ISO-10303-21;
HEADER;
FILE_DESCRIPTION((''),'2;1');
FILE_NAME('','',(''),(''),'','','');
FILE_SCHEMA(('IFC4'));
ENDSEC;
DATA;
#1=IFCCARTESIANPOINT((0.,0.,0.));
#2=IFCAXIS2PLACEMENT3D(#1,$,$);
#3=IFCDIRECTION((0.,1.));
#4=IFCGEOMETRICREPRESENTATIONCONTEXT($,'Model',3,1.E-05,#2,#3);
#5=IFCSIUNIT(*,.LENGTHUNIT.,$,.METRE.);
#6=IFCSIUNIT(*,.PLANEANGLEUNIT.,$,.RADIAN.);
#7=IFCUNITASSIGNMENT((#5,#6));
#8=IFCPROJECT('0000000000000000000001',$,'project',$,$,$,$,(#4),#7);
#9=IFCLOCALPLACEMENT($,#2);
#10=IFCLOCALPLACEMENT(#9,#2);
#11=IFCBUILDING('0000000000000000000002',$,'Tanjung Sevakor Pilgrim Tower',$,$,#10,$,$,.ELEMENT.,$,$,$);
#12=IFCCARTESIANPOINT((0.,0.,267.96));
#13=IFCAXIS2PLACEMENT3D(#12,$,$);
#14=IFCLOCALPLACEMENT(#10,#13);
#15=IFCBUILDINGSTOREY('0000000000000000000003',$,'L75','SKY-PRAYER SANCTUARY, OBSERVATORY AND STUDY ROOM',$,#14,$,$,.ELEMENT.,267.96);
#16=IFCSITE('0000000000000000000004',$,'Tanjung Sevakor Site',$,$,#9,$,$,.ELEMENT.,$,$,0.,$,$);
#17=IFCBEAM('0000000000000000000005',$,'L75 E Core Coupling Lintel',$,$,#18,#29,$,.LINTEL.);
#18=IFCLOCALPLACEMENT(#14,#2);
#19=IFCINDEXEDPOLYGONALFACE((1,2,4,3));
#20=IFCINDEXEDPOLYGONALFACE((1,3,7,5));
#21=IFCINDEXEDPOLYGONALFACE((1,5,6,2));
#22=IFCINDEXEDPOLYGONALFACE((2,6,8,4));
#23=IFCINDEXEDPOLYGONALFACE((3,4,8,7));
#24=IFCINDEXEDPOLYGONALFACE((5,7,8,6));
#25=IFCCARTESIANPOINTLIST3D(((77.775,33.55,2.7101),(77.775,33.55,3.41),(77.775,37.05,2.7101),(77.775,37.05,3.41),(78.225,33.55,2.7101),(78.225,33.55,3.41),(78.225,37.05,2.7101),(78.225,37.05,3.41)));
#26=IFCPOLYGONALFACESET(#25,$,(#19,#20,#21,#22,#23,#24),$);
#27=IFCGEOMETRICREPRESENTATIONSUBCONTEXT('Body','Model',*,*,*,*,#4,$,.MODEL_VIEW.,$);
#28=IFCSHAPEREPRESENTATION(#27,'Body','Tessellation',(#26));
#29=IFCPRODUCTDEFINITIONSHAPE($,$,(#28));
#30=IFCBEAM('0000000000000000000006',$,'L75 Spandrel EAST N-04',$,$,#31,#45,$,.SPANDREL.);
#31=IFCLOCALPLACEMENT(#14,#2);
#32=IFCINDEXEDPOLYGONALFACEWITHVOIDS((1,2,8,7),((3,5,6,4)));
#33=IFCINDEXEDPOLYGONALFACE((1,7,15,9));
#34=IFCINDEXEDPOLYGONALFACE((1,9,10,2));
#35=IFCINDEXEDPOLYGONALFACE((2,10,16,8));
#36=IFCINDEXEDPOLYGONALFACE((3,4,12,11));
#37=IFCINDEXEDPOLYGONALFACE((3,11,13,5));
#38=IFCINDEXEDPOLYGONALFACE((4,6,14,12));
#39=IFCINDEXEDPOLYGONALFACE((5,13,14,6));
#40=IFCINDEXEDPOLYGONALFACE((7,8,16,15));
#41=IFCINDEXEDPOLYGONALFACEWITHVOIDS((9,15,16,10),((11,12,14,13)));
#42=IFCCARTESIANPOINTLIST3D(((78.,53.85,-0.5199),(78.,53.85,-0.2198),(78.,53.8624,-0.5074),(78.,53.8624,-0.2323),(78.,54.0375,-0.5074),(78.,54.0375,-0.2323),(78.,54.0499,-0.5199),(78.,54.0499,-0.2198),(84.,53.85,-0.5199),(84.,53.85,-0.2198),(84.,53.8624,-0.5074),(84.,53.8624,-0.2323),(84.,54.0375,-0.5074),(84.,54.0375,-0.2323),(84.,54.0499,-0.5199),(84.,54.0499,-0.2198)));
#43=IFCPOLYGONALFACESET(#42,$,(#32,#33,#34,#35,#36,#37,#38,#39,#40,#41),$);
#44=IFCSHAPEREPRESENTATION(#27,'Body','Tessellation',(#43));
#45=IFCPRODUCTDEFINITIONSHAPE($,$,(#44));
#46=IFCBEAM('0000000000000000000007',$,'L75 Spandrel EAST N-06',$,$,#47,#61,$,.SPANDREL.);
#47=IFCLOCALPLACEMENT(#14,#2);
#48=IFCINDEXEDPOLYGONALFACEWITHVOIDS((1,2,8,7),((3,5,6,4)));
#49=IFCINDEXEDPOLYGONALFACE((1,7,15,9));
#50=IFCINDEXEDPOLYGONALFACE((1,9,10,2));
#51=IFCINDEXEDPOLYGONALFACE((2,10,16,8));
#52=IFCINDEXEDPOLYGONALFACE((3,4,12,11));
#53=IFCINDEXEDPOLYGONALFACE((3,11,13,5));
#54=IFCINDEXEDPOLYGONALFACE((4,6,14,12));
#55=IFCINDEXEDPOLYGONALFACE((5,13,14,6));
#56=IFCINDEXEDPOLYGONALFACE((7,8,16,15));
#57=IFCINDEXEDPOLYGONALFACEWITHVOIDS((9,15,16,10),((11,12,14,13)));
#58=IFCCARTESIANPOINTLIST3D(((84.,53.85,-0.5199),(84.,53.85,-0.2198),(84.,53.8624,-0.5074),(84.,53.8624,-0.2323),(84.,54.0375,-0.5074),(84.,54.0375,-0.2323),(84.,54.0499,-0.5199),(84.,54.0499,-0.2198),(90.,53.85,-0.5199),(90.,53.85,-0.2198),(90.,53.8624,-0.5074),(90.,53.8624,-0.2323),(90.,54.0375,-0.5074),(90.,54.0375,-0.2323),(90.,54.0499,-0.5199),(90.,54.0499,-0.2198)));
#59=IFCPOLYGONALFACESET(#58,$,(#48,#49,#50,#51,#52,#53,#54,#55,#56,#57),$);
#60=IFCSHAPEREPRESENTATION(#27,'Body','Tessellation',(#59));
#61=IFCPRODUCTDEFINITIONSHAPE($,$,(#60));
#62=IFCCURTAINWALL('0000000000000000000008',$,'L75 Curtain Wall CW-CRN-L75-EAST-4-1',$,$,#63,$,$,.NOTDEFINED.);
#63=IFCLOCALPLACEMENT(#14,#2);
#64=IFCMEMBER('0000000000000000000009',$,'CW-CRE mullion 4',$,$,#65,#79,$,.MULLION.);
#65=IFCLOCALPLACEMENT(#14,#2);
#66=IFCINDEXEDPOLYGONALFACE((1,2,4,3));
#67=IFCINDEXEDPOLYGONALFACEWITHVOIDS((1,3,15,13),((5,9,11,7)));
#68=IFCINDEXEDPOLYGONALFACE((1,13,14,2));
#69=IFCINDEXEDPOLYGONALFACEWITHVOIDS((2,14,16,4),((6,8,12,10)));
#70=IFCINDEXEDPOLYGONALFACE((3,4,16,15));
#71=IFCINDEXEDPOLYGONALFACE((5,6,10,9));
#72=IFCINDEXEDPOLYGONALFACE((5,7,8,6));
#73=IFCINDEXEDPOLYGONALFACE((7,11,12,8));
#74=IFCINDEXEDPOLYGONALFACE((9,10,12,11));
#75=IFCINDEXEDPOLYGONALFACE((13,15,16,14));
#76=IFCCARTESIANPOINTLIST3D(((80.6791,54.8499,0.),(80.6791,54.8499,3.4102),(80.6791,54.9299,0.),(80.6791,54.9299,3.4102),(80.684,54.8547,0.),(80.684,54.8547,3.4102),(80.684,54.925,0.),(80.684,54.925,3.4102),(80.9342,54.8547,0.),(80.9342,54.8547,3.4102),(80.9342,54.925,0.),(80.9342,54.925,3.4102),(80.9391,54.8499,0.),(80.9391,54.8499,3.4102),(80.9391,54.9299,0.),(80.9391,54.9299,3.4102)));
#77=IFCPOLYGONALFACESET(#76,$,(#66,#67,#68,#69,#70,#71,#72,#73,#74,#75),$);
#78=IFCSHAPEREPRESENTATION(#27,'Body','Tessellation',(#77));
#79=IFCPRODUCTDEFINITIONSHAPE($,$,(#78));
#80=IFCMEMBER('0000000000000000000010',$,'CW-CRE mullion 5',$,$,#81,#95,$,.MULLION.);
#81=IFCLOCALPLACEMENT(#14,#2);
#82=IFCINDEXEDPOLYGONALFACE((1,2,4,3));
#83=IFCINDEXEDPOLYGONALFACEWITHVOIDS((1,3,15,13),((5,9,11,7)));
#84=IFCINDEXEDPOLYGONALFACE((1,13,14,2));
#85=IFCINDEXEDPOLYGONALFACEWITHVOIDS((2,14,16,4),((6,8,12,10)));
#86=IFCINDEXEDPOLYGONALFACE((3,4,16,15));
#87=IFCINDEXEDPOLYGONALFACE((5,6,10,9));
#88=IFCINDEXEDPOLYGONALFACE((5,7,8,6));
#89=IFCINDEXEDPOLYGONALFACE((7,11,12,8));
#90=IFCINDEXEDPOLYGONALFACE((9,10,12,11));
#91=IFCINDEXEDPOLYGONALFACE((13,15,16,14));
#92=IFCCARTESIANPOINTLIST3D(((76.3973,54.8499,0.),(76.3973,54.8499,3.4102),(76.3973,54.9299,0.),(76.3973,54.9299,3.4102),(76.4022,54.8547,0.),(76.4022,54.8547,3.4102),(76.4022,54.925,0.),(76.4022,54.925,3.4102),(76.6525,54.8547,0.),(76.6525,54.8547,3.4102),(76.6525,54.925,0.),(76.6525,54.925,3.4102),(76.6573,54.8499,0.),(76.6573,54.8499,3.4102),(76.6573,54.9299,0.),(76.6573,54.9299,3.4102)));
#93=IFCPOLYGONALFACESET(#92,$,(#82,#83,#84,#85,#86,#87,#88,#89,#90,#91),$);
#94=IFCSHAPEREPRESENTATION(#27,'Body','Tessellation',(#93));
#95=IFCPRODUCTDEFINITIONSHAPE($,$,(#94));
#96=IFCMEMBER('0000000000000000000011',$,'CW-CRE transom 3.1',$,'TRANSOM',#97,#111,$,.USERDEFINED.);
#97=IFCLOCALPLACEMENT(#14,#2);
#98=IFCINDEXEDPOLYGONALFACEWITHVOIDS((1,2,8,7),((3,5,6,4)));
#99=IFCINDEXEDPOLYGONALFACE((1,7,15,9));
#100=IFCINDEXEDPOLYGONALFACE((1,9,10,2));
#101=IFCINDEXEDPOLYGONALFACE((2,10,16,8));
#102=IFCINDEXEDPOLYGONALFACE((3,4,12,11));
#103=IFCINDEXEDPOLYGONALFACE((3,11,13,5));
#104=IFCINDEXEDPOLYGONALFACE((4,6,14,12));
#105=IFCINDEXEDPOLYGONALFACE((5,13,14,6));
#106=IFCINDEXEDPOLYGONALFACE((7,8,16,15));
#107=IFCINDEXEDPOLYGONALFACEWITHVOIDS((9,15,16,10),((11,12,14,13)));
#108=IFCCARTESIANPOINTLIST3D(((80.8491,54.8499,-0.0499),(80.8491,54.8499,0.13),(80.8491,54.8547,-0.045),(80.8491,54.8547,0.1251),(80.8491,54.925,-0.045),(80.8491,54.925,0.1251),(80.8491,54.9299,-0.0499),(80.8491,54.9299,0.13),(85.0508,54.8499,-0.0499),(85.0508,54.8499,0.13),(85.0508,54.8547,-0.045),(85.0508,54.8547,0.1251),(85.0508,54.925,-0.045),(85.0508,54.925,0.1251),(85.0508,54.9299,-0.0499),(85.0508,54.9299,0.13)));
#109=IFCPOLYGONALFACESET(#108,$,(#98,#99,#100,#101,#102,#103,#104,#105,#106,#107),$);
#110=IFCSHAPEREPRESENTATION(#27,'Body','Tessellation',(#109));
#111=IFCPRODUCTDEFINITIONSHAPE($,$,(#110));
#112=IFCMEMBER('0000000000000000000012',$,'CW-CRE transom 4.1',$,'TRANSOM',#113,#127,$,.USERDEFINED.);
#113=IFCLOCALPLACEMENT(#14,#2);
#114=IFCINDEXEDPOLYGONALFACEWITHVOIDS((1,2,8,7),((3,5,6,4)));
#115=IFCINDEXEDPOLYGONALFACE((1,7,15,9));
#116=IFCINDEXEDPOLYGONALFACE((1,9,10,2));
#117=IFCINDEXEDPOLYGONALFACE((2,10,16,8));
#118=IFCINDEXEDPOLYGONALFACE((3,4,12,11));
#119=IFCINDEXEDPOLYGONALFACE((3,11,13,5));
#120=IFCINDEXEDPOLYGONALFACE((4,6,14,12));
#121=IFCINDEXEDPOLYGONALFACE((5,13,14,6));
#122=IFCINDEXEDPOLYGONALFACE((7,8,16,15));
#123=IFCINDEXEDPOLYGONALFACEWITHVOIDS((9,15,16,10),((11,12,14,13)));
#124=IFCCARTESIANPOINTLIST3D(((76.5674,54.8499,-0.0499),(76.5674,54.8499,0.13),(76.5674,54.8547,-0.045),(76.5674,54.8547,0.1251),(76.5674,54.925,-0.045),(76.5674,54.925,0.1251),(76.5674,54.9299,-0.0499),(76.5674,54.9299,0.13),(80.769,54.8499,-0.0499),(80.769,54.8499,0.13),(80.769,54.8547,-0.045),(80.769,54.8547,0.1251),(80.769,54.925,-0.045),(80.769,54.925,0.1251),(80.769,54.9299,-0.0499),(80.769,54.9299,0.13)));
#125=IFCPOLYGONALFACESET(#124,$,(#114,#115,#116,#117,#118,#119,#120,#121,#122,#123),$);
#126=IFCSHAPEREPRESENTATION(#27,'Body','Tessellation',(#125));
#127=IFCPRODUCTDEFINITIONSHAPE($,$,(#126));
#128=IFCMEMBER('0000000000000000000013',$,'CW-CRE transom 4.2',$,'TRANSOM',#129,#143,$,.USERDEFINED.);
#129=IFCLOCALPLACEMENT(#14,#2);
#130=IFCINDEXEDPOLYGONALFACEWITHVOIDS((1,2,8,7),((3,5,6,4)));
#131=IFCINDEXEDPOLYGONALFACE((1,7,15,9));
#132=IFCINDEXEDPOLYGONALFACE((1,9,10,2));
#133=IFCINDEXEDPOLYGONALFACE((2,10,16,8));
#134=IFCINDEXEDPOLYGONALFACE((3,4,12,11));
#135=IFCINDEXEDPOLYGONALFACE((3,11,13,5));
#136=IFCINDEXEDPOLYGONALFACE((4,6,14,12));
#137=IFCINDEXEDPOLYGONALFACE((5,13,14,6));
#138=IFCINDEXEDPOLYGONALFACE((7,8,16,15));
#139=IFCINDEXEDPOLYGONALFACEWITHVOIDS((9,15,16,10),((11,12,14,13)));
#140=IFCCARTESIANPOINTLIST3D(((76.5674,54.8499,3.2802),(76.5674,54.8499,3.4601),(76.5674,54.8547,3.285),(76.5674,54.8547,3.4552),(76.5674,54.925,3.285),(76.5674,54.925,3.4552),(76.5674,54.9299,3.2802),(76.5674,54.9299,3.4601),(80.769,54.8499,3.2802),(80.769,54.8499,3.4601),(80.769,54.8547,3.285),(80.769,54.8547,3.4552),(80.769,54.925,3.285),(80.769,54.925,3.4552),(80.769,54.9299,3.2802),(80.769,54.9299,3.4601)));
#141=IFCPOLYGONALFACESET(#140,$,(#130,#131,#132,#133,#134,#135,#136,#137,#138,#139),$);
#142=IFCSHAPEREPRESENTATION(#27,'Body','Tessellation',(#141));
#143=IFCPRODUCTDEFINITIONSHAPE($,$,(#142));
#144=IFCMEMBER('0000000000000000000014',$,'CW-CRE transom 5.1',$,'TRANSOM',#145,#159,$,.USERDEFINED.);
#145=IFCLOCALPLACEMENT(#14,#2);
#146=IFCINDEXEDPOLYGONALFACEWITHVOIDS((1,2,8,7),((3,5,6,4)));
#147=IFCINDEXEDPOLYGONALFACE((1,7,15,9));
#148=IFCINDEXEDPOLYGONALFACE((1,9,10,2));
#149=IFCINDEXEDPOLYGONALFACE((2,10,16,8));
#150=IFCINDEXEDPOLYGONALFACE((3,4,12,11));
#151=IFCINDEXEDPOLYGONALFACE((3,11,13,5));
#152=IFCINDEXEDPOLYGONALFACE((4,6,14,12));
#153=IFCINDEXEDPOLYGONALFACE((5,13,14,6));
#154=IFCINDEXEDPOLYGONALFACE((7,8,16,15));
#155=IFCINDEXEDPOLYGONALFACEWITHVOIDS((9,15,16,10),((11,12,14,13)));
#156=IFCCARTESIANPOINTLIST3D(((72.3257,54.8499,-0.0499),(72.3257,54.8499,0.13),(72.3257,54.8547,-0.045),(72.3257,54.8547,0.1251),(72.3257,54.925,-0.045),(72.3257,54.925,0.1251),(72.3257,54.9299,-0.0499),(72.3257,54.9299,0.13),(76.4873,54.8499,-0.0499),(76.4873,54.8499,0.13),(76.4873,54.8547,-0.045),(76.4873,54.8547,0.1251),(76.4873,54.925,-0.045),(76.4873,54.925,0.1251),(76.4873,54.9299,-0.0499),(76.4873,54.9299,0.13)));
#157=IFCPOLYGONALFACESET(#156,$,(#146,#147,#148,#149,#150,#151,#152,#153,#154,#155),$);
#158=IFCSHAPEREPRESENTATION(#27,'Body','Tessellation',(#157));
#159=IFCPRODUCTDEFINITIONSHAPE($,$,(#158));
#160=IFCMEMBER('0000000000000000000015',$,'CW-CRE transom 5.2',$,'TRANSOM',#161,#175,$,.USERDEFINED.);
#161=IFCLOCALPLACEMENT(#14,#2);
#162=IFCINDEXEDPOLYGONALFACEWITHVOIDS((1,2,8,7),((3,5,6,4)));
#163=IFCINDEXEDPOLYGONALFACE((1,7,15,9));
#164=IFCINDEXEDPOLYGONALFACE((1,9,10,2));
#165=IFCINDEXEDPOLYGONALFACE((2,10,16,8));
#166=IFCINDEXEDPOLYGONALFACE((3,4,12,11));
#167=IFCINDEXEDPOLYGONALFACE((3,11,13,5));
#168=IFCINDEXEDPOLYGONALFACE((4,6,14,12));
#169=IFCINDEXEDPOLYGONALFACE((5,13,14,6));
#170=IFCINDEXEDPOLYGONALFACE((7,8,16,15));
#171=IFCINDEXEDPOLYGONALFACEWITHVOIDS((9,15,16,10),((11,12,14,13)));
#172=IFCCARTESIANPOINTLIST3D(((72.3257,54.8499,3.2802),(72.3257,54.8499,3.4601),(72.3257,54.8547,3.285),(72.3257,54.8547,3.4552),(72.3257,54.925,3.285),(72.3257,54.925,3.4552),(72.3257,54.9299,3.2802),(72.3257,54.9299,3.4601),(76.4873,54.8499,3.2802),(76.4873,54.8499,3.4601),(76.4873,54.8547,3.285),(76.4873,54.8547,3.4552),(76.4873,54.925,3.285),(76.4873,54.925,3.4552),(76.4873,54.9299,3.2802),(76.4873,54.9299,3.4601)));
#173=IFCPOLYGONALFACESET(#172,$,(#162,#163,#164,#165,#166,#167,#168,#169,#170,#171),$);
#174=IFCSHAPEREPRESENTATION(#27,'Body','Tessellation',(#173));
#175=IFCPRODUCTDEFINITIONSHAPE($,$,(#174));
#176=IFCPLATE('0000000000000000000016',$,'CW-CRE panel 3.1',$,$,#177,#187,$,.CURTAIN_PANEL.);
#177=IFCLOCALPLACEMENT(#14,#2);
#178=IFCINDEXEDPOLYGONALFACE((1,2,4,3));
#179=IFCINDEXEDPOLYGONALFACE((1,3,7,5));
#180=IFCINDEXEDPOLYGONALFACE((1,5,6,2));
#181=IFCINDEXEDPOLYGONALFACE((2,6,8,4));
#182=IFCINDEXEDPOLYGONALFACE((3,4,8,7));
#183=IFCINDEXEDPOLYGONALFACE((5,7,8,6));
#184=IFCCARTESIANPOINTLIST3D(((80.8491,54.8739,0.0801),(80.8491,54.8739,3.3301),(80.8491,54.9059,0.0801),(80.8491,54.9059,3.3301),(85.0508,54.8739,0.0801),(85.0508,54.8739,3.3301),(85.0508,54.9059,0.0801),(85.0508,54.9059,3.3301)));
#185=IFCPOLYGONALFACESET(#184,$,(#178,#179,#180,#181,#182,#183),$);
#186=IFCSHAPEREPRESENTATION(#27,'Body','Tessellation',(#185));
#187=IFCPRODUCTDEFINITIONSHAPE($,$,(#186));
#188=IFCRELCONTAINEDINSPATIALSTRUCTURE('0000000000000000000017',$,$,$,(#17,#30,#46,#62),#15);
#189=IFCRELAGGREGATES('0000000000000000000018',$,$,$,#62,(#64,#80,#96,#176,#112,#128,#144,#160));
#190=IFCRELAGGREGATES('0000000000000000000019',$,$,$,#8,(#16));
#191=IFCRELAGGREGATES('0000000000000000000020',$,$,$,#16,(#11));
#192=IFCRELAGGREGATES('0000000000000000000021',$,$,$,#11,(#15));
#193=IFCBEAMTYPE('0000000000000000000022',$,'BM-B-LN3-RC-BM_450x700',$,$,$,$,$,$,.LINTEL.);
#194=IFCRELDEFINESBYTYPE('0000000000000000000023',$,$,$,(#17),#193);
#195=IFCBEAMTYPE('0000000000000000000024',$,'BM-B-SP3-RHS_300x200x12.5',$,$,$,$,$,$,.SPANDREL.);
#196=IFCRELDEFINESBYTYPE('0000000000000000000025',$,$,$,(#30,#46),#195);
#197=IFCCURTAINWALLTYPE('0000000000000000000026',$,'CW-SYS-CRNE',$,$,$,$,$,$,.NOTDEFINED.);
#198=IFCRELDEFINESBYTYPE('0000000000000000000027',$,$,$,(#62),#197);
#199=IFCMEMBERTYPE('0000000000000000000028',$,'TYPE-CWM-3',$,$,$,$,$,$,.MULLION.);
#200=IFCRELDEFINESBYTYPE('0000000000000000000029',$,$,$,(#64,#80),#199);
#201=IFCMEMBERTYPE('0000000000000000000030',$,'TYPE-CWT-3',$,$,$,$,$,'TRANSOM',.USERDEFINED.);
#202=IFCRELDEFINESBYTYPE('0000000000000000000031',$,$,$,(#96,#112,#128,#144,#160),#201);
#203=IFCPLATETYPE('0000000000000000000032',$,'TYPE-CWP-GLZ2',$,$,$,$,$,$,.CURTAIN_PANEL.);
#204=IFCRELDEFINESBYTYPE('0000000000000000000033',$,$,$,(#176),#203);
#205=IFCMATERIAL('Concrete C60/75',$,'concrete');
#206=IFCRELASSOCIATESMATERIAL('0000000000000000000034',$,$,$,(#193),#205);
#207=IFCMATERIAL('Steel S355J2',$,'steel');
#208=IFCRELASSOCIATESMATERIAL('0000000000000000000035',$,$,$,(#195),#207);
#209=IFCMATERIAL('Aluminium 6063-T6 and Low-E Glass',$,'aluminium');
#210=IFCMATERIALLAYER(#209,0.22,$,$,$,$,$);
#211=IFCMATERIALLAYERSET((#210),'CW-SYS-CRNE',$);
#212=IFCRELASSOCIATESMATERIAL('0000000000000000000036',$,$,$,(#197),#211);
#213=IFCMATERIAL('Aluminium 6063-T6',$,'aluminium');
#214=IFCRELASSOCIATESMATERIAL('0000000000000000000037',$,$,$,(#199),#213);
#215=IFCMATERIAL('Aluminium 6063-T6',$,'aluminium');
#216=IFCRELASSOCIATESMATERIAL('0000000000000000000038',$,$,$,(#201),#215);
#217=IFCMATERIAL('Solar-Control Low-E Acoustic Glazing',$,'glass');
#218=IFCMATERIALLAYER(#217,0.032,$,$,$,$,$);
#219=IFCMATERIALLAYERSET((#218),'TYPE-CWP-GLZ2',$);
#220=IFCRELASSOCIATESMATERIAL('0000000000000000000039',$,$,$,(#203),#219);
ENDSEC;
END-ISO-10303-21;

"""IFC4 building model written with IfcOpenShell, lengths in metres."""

from ifc_helpers import new_model, si_unit, direction, frame, origin, origin_2d, place, context, subcontext, project, spatial, rectangle, hollow_rectangle, extrude, material, layer, layer_set, material_profile, profile_set, type_object, element, aggregate, save


model = new_model("IFC4")

# Units and contexts
model_context = context("Model", 3, precision=1e-05, world=origin(), true_north=direction((0.0, 1.0)))
body_context = subcontext(model_context, "Body", "Model", "MODEL_VIEW")
ifc_project = project(units=[si_unit("LENGTHUNIT", "METRE"), si_unit("PLANEANGLEUNIT", "RADIAN")], contexts=[model_context])

# Site, building, storey
site_placement = place(None, origin())
site = spatial("IfcSite", under=ifc_project, at=site_placement, Name="Tanjung Sevakor Site", CompositionType="ELEMENT", RefElevation=0.0)
building_placement = place(site_placement, origin())
building = spatial("IfcBuilding", under=site, at=building_placement, Name="Tanjung Sevakor Pilgrim Tower", CompositionType="ELEMENT")
storey_placement = place(building_placement, frame((0.0, 0.0, 267.96)))
storey = spatial("IfcBuildingStorey", under=building, at=storey_placement, Name="L75", Description="SKY-PRAYER SANCTUARY, OBSERVATORY AND STUDY ROOM", CompositionType="ELEMENT", Elevation=267.96)

# Beams
ifc_material_1 = material(Name="Concrete C60/75", Category="concrete")
ifc_material_profile_1 = material_profile(ifc_material_1, rectangle(XDim=0.45, YDim=0.7, at=origin_2d()))
ifc_profile_set_1 = profile_set([ifc_material_profile_1], Name="Concrete C60/75")
beam_type_1 = type_object("IfcBeamType", Name="BM-B-LN3-RC-BM_450x700", PredefinedType="LINTEL", material=ifc_profile_set_1)
beam_placement = place(storey_placement, frame((78.0, 33.55, 3.0601), z_axis=(0.0, 1.0, 0.0), x_axis=(-1.0, 0.0, 0.0)))
element("IfcBeam", 1, at=beam_placement, inside=storey, type_object=beam_type_1, Name="L75 E Core Coupling Lintel", PredefinedType="LINTEL", context=body_context, shape_type="SweptSolid", body=[
    extrude(rectangle(XDim=0.45, YDim=0.7, at=origin_2d()), origin(), (0.0, 0.0, 1.0), 3.5),
])
ifc_material_2 = material(Name="Steel S355J2", Category="steel")
ifc_material_profile_2 = material_profile(ifc_material_2, hollow_rectangle(XDim=0.2, YDim=0.3, WallThickness=0.0125, at=origin_2d()))
ifc_profile_set_2 = profile_set([ifc_material_profile_2], Name="Steel S355J2")
beam_type_2 = type_object("IfcBeamType", Name="BM-B-SP3-RHS_300x200x12.5", PredefinedType="SPANDREL", material=ifc_profile_set_2)
for number, where, z_axis, x_axis, name in (
    (2, (78.0, 53.95, -0.3699), (1.0, 0.0, 0.0), (0.0, 1.0, 0.0), "L75 Spandrel EAST N-04"),
    (3, (84.0, 53.95, -0.3699), (1.0, 0.0, 0.0), (0.0, 1.0, 0.0), "L75 Spandrel EAST N-06"),
):
    element("IfcBeam", number, at=place(storey_placement, frame(where, z_axis=z_axis, x_axis=x_axis)), inside=storey, type_object=beam_type_2, Name=name, PredefinedType="SPANDREL", context=body_context, shape_type="SweptSolid", body=[
        extrude(hollow_rectangle(XDim=0.2, YDim=0.3, WallThickness=0.0125, at=origin_2d()), origin(), (0.0, 0.0, 1.0), 6.0),
    ])

# Curtain wall, members, plate
ifc_material_3 = material(Name="Aluminium 6063-T6 and Low-E Glass", Category="aluminium")
ifc_layer_1 = layer(ifc_material_3, 0.22)
ifc_layer_set_1 = layer_set([ifc_layer_1], Name="CW-SYS-CRNE")
curtain_wall_type = type_object("IfcCurtainWallType", Name="CW-SYS-CRNE", PredefinedType="NOTDEFINED", material=ifc_layer_set_1)
curtain_wall_placement = place(storey_placement, origin())
curtain_wall = element("IfcCurtainWall", 4, at=curtain_wall_placement, inside=storey, type_object=curtain_wall_type, Name="L75 Curtain Wall CW-CRN-L75-EAST-4-1", PredefinedType="NOTDEFINED")
ifc_material_4 = material(Name="Aluminium 6063-T6", Category="aluminium")
ifc_material_profile_3 = material_profile(ifc_material_4, hollow_rectangle(XDim=0.0801, YDim=0.26, WallThickness=0.0049, at=origin_2d()))
ifc_profile_set_3 = profile_set([ifc_material_profile_3], Name="Aluminium 6063-T6")
member_type_1 = type_object("IfcMemberType", Name="TYPE-CWM-3", PredefinedType="MULLION", material=ifc_profile_set_3)
member_1_placement = place(storey_placement, frame((80.8091, 54.8899, 0.0), z_axis=(0.0, 0.0, 1.0), x_axis=(0.0, -1.0, 0.0)))
member_1 = element("IfcMember", 5, at=member_1_placement, type_object=member_type_1, Name="CW-CRE mullion 4", PredefinedType="MULLION", context=body_context, shape_type="SweptSolid", body=[
    extrude(hollow_rectangle(XDim=0.0801, YDim=0.26, WallThickness=0.0049, at=origin_2d()), origin(), (0.0, 0.0, 1.0), 3.4102),
])
member_2_placement = place(storey_placement, frame((76.5273, 54.8899, 0.0), z_axis=(0.0, 0.0, 1.0), x_axis=(0.0, -1.0, 0.0)))
member_2 = element("IfcMember", 6, at=member_2_placement, type_object=member_type_1, Name="CW-CRE mullion 5", PredefinedType="MULLION", context=body_context, shape_type="SweptSolid", body=[
    extrude(hollow_rectangle(XDim=0.0801, YDim=0.26, WallThickness=0.0049, at=origin_2d()), origin(), (0.0, 0.0, 1.0), 3.4102),
])
ifc_material_5 = material(Name="Aluminium 6063-T6", Category="aluminium")
ifc_material_profile_4 = material_profile(ifc_material_5, hollow_rectangle(XDim=0.0801, YDim=0.1799, WallThickness=0.0049, at=origin_2d()))
ifc_profile_set_4 = profile_set([ifc_material_profile_4], Name="Aluminium 6063-T6")
member_type_2 = type_object("IfcMemberType", Name="TYPE-CWT-3", ElementType="TRANSOM", PredefinedType="USERDEFINED", material=ifc_profile_set_4)
member_3_placement = place(storey_placement, frame((85.0508, 54.8899, 0.04), z_axis=(-1.0, 0.0, 0.0), x_axis=(0.0, -1.0, 0.0)))
member_3 = element("IfcMember", 7, at=member_3_placement, type_object=member_type_2, Name="CW-CRE transom 3.1", ObjectType="TRANSOM", PredefinedType="USERDEFINED", context=body_context, shape_type="SweptSolid", body=[
    extrude(hollow_rectangle(XDim=0.0801, YDim=0.1799, WallThickness=0.0049, at=origin_2d()), origin(), (0.0, 0.0, 1.0), 4.2017),
])
member_4_placement = place(storey_placement, frame((80.769, 54.8899, 0.04), z_axis=(-1.0, 0.0, 0.0), x_axis=(0.0, -1.0, 0.0)))
member_4 = element("IfcMember", 8, at=member_4_placement, type_object=member_type_2, Name="CW-CRE transom 4.1", ObjectType="TRANSOM", PredefinedType="USERDEFINED", context=body_context, shape_type="SweptSolid", body=[
    extrude(hollow_rectangle(XDim=0.0801, YDim=0.1799, WallThickness=0.0049, at=origin_2d()), origin(), (0.0, 0.0, 1.0), 4.2017),
])
member_5_placement = place(storey_placement, frame((80.769, 54.8899, 3.3701), z_axis=(-1.0, 0.0, 0.0), x_axis=(0.0, -1.0, 0.0)))
member_5 = element("IfcMember", 9, at=member_5_placement, type_object=member_type_2, Name="CW-CRE transom 4.2", ObjectType="TRANSOM", PredefinedType="USERDEFINED", context=body_context, shape_type="SweptSolid", body=[
    extrude(hollow_rectangle(XDim=0.0801, YDim=0.1799, WallThickness=0.0049, at=origin_2d()), origin(), (0.0, 0.0, 1.0), 4.2017),
])
member_6_placement = place(storey_placement, frame((76.4873, 54.8899, 0.04), z_axis=(-1.0, 0.0, 0.0), x_axis=(0.0, -1.0, 0.0)))
member_6 = element("IfcMember", 10, at=member_6_placement, type_object=member_type_2, Name="CW-CRE transom 5.1", ObjectType="TRANSOM", PredefinedType="USERDEFINED", context=body_context, shape_type="SweptSolid", body=[
    extrude(hollow_rectangle(XDim=0.0801, YDim=0.1799, WallThickness=0.0049, at=origin_2d()), origin(), (0.0, 0.0, 1.0), 4.1616),
])
member_7_placement = place(storey_placement, frame((76.4873, 54.8899, 3.3701), z_axis=(-1.0, 0.0, 0.0), x_axis=(0.0, -1.0, 0.0)))
member_7 = element("IfcMember", 11, at=member_7_placement, type_object=member_type_2, Name="CW-CRE transom 5.2", ObjectType="TRANSOM", PredefinedType="USERDEFINED", context=body_context, shape_type="SweptSolid", body=[
    extrude(hollow_rectangle(XDim=0.0801, YDim=0.1799, WallThickness=0.0049, at=origin_2d()), origin(), (0.0, 0.0, 1.0), 4.1616),
])
ifc_material_6 = material(Name="Solar-Control Low-E Acoustic Glazing", Category="glass")
ifc_layer_2 = layer(ifc_material_6, 0.032)
ifc_layer_set_2 = layer_set([ifc_layer_2], Name="TYPE-CWP-GLZ2")
plate_type = type_object("IfcPlateType", Name="TYPE-CWP-GLZ2", PredefinedType="CURTAIN_PANEL", material=ifc_layer_set_2)
plate_1_placement = place(storey_placement, frame((82.95, 54.8899, 0.0801), z_axis=(0.0, 0.0, 1.0), x_axis=(-1.0, 0.0, 0.0)))
plate_1 = element("IfcPlate", 12, at=plate_1_placement, type_object=plate_type, Name="CW-CRE panel 3.1", PredefinedType="CURTAIN_PANEL", context=body_context, shape_type="SweptSolid", body=[
    extrude(rectangle(XDim=4.2017, YDim=0.032, at=origin_2d()), origin(), (0.0, 0.0, 1.0), 3.25),
])
aggregate(curtain_wall, [member_1, member_2, member_3, plate_1, member_4, member_5, member_6, member_7])

save(model, "model.ifc")
